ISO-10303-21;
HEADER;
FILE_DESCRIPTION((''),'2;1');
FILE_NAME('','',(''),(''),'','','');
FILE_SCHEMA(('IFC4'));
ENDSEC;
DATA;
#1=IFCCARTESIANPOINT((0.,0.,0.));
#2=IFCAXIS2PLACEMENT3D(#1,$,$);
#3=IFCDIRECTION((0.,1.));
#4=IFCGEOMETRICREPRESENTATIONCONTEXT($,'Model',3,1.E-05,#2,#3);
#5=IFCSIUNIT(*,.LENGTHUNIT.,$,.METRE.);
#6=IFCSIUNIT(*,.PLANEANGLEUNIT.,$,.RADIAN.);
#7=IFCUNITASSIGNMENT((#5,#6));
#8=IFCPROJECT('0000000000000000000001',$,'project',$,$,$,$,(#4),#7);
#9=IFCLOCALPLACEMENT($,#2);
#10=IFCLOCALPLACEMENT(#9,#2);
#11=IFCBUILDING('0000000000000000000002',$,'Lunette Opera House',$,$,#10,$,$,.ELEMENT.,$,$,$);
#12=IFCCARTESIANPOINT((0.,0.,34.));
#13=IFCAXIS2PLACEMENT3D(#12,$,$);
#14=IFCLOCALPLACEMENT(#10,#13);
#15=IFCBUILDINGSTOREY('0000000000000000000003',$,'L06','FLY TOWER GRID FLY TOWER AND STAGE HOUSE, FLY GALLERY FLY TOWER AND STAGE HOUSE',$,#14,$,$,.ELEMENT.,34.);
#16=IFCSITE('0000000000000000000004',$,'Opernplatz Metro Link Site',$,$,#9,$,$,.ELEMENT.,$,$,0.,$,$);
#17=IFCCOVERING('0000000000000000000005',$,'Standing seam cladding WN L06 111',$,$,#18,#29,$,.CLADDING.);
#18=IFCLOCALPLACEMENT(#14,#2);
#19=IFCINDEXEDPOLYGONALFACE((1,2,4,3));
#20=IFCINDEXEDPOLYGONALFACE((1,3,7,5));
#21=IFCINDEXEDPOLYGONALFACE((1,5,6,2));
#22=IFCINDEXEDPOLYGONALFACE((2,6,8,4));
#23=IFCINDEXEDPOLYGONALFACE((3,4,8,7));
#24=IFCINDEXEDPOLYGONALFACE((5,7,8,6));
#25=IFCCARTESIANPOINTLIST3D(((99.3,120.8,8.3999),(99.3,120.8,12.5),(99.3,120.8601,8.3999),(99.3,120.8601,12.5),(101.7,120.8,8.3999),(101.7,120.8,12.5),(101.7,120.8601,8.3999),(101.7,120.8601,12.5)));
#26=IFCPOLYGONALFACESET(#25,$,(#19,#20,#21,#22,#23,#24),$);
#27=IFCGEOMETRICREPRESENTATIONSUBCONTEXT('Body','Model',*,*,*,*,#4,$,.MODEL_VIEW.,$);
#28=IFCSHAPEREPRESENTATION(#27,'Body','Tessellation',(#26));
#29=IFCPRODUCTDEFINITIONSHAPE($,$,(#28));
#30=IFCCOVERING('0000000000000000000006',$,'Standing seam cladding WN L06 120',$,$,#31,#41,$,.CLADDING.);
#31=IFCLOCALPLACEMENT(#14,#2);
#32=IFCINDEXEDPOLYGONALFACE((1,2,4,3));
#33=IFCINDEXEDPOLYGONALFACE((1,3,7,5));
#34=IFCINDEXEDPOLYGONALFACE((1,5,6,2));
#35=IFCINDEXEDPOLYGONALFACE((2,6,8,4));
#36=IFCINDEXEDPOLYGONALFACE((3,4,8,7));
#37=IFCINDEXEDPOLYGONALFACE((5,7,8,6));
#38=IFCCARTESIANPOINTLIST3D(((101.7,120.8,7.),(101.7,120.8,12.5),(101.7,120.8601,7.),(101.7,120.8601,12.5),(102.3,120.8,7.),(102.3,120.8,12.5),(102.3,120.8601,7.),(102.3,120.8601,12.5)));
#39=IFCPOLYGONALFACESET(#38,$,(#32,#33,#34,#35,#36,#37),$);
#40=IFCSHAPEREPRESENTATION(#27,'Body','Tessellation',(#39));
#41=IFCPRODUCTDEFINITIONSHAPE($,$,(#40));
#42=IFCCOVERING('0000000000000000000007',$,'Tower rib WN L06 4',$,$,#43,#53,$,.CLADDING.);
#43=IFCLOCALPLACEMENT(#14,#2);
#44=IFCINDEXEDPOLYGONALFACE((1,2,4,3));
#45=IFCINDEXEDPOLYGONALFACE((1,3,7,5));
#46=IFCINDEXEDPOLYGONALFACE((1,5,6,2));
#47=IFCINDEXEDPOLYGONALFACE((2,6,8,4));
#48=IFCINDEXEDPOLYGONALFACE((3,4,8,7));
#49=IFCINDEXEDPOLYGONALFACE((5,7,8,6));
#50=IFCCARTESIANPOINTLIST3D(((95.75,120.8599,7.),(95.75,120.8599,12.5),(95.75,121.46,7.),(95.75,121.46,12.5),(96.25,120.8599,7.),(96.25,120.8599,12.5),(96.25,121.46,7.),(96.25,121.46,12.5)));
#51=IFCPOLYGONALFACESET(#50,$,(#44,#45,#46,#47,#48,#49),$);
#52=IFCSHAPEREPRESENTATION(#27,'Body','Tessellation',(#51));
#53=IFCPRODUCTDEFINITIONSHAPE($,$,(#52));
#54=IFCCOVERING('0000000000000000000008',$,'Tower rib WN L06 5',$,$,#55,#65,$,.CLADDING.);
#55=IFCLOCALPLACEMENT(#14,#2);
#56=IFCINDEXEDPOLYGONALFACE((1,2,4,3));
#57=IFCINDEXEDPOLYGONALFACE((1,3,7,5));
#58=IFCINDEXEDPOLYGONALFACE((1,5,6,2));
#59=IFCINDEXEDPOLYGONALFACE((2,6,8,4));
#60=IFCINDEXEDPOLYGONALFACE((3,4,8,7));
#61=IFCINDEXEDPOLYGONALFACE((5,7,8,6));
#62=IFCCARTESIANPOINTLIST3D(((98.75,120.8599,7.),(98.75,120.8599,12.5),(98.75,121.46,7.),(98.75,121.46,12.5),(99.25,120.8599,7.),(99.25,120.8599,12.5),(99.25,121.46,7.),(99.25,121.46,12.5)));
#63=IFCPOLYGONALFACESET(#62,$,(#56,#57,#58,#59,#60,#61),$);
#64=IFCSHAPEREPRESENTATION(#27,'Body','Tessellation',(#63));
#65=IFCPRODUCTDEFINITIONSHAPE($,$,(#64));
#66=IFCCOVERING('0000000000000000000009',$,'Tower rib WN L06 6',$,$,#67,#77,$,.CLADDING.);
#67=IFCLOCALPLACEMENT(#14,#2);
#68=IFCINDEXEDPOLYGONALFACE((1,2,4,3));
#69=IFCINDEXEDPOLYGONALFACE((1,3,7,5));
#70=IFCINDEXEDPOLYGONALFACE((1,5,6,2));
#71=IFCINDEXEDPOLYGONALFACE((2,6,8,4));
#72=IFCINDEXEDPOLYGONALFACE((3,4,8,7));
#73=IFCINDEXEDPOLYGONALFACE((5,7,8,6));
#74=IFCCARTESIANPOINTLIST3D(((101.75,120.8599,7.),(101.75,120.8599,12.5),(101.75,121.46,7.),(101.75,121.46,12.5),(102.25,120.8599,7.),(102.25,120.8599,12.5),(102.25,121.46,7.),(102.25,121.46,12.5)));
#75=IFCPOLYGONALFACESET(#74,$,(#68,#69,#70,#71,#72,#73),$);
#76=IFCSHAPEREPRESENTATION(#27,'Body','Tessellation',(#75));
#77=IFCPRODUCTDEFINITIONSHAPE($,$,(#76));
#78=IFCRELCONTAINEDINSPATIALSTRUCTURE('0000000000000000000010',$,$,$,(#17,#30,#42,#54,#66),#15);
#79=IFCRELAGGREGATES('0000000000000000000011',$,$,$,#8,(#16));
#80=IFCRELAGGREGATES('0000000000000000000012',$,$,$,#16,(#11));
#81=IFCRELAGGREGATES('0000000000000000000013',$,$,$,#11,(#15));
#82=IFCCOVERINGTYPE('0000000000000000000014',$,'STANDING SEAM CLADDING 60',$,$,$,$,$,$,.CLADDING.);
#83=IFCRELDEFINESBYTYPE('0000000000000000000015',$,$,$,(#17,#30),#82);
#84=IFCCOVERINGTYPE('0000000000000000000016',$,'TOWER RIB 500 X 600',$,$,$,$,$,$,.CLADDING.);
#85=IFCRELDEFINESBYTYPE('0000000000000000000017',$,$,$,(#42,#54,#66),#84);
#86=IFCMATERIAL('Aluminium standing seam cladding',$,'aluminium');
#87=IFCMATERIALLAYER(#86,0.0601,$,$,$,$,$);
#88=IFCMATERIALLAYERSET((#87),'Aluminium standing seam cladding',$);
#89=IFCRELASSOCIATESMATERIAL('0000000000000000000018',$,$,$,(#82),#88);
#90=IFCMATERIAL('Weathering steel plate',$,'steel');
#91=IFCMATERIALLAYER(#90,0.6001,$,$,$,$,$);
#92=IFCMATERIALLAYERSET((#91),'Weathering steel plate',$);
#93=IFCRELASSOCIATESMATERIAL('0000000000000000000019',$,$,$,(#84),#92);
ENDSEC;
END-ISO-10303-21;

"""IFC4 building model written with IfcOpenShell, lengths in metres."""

from ifc_helpers import new_model, si_unit, direction, frame, origin, origin_2d, place, context, subcontext, project, spatial, rectangle, extrude, material, layer, layer_set, type_object, element, save


model = new_model("IFC4")

# Units and contexts
model_context = context("Model", 3, precision=1e-05, world=origin(), true_north=direction((0.0, 1.0)))
body_context = subcontext(model_context, "Body", "Model", "MODEL_VIEW")
ifc_project = project(units=[si_unit("LENGTHUNIT", "METRE"), si_unit("PLANEANGLEUNIT", "RADIAN")], contexts=[model_context])

# Site, building, storey
site_placement = place(None, origin())
site = spatial("IfcSite", under=ifc_project, at=site_placement, Name="Opernplatz Metro Link Site", CompositionType="ELEMENT", RefElevation=0.0)
building_placement = place(site_placement, origin())
building = spatial("IfcBuilding", under=site, at=building_placement, Name="Lunette Opera House", CompositionType="ELEMENT")
storey_placement = place(building_placement, frame((0.0, 0.0, 34.0)))
storey = spatial("IfcBuildingStorey", under=building, at=storey_placement, Name="L06", Description="FLY TOWER GRID FLY TOWER AND STAGE HOUSE, FLY GALLERY FLY TOWER AND STAGE HOUSE", CompositionType="ELEMENT", Elevation=34.0)

# Coverings
ifc_material_1 = material(Name="Aluminium standing seam cladding", Category="aluminium")
ifc_layer_1 = layer(ifc_material_1, 0.0601)
ifc_layer_set_1 = layer_set([ifc_layer_1], Name="Aluminium standing seam cladding")
covering_type_1 = type_object("IfcCoveringType", Name="STANDING SEAM CLADDING 60", PredefinedType="CLADDING", material=ifc_layer_set_1)
covering_1_placement = place(storey_placement, frame((100.5, 120.8301, 8.3999), z_axis=(0.0, 0.0, 1.0), x_axis=(1.0, 0.0, 0.0)))
element("IfcCovering", 1, at=covering_1_placement, inside=storey, type_object=covering_type_1, Name="Standing seam cladding WN L06 111", PredefinedType="CLADDING", context=body_context, shape_type="SweptSolid", body=[
    extrude(rectangle(XDim=2.3999, YDim=0.0601, at=origin_2d()), origin(), (0.0, 0.0, 1.0), 4.1001),
])
covering_2_placement = place(storey_placement, frame((102.0, 120.8301, 7.0), z_axis=(0.0, 0.0, 1.0), x_axis=(1.0, 0.0, 0.0)))
element("IfcCovering", 2, at=covering_2_placement, inside=storey, type_object=covering_type_1, Name="Standing seam cladding WN L06 120", PredefinedType="CLADDING", context=body_context, shape_type="SweptSolid", body=[
    extrude(rectangle(XDim=0.6001, YDim=0.0601, at=origin_2d()), origin(), (0.0, 0.0, 1.0), 5.5),
])
ifc_material_2 = material(Name="Weathering steel plate", Category="steel")
ifc_layer_2 = layer(ifc_material_2, 0.6001)
ifc_layer_set_2 = layer_set([ifc_layer_2], Name="Weathering steel plate")
covering_type_2 = type_object("IfcCoveringType", Name="TOWER RIB 500 X 600", PredefinedType="CLADDING", material=ifc_layer_set_2)
for number, where, z_axis, x_axis, name in (
    (3, (96.0, 121.1599, 7.0), (0.0, 0.0, 1.0), (1.0, 0.0, 0.0), "Tower rib WN L06 4"),
    (4, (99.0, 121.1599, 7.0), (0.0, 0.0, 1.0), (1.0, 0.0, 0.0), "Tower rib WN L06 5"),
    (5, (102.0, 121.1599, 7.0), (0.0, 0.0, 1.0), (1.0, 0.0, 0.0), "Tower rib WN L06 6"),
):
    element("IfcCovering", number, at=place(storey_placement, frame(where, z_axis=z_axis, x_axis=x_axis)), inside=storey, type_object=covering_type_2, Name=name, PredefinedType="CLADDING", context=body_context, shape_type="SweptSolid", body=[
        extrude(rectangle(XDim=0.5, YDim=0.6001, at=origin_2d()), origin(), (0.0, 0.0, 1.0), 5.5),
    ])

save(model, "model.ifc")
